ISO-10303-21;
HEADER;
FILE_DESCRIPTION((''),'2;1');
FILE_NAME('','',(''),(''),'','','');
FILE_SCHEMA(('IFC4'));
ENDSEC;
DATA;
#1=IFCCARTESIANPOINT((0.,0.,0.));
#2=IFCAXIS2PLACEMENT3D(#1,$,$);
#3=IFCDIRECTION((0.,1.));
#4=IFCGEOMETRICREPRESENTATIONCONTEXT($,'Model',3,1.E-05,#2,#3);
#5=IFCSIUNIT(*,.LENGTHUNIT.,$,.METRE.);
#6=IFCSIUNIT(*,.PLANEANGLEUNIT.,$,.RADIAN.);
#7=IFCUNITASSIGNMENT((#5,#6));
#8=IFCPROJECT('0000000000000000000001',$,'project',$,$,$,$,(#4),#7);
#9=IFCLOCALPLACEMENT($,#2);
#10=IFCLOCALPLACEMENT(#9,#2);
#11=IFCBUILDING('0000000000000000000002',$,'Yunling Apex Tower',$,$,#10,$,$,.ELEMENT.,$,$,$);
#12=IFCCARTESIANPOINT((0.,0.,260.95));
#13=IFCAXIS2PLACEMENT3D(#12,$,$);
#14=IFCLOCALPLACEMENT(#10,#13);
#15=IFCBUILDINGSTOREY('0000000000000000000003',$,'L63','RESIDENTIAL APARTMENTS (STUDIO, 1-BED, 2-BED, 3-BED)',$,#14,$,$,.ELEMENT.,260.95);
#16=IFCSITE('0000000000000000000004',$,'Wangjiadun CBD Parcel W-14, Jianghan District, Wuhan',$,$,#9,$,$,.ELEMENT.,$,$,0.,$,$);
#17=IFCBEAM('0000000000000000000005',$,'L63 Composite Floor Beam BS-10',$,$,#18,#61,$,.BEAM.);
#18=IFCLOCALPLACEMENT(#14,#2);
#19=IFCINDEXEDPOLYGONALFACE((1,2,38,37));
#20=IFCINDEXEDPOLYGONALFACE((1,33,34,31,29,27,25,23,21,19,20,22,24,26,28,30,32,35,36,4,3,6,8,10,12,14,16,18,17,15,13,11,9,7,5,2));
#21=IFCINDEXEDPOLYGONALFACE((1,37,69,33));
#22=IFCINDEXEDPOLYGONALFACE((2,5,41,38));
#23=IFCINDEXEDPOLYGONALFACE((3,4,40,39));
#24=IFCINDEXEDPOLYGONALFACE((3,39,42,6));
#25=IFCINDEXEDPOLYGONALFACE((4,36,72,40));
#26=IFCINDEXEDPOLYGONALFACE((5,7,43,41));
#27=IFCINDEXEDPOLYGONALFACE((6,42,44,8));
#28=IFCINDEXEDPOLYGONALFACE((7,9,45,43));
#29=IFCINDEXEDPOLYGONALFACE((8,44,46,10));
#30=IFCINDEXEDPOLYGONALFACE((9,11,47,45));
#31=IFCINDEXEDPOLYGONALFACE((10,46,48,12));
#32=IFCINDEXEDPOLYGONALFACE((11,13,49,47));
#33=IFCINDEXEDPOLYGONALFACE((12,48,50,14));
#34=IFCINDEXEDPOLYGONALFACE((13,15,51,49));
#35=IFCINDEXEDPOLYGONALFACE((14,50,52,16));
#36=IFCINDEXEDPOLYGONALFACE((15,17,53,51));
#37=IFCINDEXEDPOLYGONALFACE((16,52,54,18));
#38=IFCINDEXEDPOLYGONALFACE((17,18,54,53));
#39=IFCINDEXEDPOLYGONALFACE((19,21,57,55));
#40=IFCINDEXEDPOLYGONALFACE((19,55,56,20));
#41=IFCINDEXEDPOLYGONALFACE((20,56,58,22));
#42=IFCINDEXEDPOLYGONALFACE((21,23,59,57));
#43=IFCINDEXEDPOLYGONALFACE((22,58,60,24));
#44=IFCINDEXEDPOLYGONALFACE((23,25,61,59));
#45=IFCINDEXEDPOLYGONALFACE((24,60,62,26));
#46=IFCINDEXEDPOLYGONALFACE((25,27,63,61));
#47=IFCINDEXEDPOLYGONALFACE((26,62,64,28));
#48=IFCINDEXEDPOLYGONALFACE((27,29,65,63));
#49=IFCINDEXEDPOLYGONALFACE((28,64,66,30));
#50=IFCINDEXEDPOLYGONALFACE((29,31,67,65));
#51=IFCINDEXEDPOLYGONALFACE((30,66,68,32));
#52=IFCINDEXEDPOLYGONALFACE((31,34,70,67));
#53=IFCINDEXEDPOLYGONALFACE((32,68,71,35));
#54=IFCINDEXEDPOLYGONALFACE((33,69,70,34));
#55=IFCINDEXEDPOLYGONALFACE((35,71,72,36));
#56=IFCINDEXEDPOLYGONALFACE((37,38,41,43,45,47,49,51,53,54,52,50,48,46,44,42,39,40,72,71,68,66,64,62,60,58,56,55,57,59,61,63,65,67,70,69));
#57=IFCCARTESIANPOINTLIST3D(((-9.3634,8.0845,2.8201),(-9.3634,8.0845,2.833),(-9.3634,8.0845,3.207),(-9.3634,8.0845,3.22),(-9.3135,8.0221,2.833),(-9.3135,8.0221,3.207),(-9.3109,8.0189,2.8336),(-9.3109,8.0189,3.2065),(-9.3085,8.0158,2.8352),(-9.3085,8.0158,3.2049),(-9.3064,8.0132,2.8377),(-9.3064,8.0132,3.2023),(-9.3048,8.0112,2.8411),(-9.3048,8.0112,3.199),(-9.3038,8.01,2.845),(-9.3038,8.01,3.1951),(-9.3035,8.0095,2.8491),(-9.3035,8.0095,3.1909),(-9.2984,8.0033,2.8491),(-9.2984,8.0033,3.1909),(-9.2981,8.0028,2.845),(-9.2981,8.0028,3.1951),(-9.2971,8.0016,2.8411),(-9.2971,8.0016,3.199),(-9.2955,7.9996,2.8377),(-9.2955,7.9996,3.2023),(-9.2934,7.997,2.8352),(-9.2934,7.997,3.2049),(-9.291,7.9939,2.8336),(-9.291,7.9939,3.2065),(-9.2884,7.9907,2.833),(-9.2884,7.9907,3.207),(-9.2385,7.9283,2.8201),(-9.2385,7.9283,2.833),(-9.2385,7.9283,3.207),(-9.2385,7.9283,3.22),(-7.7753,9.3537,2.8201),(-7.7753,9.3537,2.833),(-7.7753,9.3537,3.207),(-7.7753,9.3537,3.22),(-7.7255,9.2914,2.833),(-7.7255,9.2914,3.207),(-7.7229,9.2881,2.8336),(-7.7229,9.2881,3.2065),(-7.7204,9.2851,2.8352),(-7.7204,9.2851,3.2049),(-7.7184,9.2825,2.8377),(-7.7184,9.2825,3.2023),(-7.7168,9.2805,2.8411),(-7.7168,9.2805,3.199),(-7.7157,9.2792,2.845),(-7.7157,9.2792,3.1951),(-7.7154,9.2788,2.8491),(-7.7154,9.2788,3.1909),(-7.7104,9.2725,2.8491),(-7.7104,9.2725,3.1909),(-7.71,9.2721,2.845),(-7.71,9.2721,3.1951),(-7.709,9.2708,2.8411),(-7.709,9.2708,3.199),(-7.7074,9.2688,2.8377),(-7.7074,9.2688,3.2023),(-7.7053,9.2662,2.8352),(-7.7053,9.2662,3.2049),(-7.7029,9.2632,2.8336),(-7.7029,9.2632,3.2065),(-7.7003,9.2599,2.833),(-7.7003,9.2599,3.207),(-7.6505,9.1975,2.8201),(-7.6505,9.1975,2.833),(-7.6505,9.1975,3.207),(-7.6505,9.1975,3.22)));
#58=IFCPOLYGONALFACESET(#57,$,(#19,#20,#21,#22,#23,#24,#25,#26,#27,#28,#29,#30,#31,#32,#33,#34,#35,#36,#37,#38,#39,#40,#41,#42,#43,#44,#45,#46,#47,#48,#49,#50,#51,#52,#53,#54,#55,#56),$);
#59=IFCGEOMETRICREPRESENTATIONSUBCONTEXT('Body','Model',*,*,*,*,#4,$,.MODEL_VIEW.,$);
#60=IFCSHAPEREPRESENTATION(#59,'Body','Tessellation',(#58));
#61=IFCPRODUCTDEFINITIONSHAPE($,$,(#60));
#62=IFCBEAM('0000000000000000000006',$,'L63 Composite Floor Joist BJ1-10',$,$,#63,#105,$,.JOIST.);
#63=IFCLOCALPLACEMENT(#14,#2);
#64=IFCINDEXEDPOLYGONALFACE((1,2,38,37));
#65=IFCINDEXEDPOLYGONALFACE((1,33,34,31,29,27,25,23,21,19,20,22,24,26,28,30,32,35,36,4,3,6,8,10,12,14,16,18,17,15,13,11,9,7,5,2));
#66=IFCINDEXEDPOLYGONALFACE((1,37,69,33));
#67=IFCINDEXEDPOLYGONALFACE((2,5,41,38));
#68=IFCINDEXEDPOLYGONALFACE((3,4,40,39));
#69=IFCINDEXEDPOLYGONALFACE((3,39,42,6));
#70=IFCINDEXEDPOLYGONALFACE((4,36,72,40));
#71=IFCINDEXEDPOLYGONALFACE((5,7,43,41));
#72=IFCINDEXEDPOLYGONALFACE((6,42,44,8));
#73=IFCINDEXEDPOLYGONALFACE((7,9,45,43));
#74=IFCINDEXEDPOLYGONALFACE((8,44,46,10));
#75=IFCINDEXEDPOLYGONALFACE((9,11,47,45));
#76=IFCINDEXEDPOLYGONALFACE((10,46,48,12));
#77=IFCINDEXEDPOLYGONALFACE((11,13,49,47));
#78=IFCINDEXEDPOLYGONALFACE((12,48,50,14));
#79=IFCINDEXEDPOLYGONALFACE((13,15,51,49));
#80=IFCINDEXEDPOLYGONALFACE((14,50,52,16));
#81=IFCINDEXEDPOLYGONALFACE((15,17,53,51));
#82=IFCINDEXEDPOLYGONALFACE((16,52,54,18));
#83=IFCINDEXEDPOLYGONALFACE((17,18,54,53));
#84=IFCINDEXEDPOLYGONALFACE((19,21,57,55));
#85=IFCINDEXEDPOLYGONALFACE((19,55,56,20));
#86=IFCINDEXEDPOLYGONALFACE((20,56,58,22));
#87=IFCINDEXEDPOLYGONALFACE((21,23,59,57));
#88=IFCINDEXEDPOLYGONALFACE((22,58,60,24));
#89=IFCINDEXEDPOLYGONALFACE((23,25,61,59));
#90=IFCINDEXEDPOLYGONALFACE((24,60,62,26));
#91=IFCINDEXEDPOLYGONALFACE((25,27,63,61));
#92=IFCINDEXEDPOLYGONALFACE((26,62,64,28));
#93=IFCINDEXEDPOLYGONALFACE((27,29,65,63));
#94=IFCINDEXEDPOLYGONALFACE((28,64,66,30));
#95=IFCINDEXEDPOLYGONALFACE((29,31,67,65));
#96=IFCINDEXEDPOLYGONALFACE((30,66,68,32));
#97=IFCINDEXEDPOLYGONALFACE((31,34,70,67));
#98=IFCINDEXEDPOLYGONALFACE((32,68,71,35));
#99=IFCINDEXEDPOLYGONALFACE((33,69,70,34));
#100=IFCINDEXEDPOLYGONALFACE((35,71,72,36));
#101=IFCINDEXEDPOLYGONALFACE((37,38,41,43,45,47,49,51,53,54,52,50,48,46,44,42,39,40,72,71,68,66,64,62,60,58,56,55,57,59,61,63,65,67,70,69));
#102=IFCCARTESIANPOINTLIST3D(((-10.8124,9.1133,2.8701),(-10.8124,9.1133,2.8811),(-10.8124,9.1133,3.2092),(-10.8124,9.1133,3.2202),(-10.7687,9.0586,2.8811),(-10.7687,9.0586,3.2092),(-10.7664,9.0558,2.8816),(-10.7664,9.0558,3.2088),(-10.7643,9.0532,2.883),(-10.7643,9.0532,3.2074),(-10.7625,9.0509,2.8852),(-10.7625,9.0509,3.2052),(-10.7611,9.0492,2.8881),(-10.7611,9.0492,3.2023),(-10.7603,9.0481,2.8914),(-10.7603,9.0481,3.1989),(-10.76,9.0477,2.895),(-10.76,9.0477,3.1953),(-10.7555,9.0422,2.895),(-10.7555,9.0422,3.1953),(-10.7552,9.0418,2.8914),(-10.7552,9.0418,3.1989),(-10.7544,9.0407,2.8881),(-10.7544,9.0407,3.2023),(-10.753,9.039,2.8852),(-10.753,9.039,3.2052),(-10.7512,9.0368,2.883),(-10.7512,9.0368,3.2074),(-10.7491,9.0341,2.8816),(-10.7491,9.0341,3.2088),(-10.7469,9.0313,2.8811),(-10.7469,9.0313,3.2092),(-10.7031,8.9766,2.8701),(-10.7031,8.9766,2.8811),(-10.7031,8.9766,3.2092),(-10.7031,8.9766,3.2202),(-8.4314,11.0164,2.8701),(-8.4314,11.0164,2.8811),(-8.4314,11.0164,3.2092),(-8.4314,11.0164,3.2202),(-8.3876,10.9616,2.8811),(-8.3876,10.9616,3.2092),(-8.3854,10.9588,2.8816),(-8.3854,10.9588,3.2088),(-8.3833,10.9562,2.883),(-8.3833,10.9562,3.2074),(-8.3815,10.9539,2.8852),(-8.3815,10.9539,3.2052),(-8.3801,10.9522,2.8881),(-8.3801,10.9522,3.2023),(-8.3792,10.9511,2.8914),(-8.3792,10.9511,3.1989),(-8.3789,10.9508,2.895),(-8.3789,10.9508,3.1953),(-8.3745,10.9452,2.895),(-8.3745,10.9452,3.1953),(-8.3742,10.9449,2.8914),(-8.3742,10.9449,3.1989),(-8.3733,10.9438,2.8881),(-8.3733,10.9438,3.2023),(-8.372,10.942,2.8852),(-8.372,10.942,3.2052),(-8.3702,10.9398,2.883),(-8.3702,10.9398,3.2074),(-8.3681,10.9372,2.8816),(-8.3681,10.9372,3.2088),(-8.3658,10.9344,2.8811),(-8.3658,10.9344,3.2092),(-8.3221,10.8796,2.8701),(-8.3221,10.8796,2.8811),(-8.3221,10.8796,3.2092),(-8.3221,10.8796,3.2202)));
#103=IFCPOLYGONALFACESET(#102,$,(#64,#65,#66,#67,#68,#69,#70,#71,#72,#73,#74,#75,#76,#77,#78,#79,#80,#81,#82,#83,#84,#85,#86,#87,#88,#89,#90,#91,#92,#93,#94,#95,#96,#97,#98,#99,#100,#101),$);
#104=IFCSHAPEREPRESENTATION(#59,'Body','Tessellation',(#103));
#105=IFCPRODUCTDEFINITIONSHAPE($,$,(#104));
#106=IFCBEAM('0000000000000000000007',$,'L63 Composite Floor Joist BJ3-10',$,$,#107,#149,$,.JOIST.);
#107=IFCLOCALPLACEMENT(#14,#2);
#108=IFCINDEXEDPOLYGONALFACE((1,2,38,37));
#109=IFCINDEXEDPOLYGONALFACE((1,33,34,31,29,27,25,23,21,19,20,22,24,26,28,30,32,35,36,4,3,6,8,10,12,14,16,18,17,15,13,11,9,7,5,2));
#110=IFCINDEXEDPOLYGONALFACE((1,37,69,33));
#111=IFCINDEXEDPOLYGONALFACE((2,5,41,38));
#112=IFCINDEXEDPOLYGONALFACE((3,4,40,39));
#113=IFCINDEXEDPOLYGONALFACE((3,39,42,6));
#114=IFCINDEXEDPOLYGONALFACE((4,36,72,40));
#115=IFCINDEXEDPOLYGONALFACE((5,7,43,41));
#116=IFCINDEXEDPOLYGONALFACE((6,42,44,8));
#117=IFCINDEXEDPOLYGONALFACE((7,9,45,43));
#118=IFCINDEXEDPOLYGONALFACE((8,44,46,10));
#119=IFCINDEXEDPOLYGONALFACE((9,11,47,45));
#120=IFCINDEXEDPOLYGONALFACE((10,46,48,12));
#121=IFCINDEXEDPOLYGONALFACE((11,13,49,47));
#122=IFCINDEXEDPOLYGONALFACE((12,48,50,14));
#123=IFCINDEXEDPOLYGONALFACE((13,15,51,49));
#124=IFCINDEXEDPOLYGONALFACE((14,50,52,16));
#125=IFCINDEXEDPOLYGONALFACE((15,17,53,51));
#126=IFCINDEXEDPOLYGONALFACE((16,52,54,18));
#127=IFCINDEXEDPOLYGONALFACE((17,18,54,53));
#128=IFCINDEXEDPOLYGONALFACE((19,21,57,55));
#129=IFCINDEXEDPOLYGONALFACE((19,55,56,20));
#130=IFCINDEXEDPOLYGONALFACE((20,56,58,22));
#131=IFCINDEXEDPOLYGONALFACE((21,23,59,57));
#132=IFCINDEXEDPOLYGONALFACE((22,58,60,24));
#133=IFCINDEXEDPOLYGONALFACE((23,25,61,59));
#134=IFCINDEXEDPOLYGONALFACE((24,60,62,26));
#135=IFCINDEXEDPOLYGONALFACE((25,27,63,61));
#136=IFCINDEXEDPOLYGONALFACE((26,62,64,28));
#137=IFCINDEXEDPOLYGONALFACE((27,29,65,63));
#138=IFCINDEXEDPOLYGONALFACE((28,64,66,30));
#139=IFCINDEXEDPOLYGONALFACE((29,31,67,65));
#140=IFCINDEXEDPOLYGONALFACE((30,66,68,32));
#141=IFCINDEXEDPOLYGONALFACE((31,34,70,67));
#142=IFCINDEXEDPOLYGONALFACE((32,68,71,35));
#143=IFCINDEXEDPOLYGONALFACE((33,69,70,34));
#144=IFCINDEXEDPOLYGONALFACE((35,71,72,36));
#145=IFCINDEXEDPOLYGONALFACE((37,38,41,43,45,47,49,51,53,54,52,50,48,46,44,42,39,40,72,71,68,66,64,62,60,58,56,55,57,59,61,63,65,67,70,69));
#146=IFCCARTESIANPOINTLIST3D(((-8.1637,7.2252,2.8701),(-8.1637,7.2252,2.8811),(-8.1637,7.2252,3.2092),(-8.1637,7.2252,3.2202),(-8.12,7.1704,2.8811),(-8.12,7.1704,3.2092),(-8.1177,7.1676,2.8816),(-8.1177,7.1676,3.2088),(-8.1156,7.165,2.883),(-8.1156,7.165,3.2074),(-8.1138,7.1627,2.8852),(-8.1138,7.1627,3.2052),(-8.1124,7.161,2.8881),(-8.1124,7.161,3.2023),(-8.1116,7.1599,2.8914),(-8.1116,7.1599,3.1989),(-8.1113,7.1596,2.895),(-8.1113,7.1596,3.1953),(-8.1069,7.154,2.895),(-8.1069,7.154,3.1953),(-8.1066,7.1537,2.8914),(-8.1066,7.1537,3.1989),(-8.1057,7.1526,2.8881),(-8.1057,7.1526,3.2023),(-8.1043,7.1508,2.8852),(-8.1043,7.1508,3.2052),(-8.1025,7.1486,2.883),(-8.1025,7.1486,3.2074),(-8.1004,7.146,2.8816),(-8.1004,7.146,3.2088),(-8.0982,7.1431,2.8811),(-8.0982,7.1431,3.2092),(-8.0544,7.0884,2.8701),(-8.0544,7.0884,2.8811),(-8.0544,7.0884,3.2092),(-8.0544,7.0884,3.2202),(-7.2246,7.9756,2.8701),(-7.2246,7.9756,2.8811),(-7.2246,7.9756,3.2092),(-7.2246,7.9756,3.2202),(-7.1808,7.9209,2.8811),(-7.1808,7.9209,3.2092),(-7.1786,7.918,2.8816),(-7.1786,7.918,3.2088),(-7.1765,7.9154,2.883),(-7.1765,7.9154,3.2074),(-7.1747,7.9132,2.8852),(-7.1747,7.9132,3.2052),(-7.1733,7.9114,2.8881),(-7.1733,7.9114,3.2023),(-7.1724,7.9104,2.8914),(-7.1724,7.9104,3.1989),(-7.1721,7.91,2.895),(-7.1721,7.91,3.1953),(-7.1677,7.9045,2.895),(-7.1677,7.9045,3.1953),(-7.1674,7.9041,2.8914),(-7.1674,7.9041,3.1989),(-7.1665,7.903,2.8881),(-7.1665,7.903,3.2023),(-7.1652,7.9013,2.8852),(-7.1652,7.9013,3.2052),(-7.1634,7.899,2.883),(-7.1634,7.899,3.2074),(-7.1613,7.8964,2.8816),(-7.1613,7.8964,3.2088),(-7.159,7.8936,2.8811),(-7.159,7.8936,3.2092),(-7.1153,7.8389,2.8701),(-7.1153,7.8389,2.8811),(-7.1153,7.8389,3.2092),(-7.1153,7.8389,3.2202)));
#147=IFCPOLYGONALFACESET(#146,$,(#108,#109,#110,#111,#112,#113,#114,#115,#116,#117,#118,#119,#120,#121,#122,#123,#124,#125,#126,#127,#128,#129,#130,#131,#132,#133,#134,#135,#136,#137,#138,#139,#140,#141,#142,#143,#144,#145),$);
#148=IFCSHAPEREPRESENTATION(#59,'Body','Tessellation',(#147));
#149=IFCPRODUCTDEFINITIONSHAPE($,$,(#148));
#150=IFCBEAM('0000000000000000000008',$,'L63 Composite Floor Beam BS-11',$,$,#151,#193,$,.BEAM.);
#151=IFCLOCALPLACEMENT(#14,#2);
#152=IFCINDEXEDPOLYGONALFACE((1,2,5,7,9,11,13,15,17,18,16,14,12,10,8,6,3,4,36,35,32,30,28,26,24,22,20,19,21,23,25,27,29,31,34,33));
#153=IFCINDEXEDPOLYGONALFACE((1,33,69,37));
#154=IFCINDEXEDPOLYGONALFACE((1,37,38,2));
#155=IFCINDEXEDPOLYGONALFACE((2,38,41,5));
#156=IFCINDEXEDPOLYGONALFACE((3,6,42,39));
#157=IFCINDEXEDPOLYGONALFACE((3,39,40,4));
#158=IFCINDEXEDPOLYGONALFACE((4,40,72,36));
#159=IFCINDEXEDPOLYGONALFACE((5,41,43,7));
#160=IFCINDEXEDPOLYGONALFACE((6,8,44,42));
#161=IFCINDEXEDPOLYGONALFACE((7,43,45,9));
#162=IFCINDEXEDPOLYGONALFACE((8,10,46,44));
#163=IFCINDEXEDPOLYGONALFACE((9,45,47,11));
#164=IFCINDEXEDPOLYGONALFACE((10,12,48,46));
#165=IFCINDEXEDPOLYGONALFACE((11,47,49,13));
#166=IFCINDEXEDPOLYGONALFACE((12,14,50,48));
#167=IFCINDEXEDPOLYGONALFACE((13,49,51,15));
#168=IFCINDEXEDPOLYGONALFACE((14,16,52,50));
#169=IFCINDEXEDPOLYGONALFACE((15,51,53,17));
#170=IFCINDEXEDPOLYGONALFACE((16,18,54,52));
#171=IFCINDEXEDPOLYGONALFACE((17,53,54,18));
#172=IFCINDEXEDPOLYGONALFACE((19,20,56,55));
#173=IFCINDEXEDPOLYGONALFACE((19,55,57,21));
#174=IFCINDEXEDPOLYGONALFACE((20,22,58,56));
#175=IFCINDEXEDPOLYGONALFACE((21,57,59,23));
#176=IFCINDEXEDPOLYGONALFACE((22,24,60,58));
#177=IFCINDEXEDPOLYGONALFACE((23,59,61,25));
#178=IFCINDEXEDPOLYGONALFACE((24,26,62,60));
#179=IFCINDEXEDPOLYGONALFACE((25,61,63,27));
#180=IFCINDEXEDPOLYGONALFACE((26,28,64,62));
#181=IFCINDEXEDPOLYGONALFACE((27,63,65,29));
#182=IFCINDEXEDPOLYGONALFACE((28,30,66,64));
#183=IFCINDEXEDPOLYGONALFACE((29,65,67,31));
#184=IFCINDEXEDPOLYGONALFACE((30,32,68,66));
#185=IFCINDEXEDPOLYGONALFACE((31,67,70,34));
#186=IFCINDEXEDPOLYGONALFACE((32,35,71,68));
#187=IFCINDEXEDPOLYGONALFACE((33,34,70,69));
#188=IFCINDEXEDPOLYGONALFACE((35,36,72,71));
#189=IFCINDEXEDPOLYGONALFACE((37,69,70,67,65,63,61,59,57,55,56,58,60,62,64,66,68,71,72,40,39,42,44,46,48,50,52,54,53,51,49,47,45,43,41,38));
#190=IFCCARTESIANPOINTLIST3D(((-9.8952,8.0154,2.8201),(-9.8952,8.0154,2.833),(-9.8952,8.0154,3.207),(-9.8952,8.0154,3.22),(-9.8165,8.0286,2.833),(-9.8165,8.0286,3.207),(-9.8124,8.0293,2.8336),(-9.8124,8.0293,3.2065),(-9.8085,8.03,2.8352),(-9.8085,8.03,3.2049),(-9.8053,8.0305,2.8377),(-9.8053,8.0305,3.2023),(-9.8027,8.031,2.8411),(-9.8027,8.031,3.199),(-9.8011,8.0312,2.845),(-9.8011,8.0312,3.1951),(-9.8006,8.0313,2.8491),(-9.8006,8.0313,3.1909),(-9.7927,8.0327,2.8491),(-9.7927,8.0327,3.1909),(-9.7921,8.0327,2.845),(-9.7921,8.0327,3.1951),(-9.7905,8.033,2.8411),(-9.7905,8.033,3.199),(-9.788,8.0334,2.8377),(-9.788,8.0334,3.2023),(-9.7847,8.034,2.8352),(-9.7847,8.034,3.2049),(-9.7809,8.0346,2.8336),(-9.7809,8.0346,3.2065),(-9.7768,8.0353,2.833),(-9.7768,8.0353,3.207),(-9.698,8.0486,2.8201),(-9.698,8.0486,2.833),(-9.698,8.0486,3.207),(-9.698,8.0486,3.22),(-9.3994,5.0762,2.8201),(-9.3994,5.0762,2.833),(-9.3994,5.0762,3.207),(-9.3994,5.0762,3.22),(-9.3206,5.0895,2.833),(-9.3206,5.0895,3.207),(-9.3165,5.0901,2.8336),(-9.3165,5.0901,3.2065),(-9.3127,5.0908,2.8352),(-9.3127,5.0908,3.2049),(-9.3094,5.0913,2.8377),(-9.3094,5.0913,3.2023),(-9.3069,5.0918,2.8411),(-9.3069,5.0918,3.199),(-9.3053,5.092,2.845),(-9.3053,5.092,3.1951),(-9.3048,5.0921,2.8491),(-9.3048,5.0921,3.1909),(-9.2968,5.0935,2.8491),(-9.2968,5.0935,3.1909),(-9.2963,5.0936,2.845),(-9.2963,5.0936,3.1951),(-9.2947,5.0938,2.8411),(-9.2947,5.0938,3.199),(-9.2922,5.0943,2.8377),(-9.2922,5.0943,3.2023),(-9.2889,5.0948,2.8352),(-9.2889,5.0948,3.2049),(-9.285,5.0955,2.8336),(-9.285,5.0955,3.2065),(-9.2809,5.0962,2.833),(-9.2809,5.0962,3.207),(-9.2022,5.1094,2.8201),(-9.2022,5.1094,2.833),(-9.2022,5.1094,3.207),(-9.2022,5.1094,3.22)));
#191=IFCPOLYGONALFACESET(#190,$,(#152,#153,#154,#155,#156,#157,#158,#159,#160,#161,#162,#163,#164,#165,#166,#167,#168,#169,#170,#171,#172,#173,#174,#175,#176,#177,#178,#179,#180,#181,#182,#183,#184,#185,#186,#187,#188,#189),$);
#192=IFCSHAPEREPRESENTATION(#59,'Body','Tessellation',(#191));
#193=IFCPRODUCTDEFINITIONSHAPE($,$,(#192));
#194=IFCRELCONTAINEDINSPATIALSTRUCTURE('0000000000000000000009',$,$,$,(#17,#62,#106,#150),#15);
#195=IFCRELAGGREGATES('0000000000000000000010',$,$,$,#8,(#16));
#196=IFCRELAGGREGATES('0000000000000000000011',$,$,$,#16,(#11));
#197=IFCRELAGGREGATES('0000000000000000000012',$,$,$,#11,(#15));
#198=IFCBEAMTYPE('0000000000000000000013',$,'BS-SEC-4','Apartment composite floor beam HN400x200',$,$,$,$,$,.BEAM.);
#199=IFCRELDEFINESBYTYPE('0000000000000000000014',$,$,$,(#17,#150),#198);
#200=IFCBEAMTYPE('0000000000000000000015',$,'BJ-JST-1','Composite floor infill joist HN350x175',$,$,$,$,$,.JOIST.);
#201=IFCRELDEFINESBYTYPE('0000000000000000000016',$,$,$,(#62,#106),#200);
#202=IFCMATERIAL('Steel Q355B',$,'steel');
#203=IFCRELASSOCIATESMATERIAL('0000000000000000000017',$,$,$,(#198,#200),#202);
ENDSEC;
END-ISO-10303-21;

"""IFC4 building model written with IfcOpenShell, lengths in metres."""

from ifc_helpers import new_model, si_unit, direction, frame, origin, origin_2d, place, context, subcontext, project, spatial, i_section, extrude, source, transform, mapped, material, material_profile, profile_set, type_object, element, save


model = new_model("IFC4")

# Units and contexts
model_context = context("Model", 3, precision=1e-05, world=origin(), true_north=direction((0.0, 1.0)))
body_context = subcontext(model_context, "Body", "Model", "MODEL_VIEW")
ifc_project = project(units=[si_unit("LENGTHUNIT", "METRE"), si_unit("PLANEANGLEUNIT", "RADIAN")], contexts=[model_context])

# Site, building, storey
site_placement = place(None, origin())
site = spatial("IfcSite", under=ifc_project, at=site_placement, Name="Wangjiadun CBD Parcel W-14, Jianghan District, Wuhan", CompositionType="ELEMENT", RefElevation=0.0)
building_placement = place(site_placement, origin())
building = spatial("IfcBuilding", under=site, at=building_placement, Name="Yunling Apex Tower", CompositionType="ELEMENT")
storey_placement = place(building_placement, frame((0.0, 0.0, 260.95)))
storey = spatial("IfcBuildingStorey", under=building, at=storey_placement, Name="L63", Description="RESIDENTIAL APARTMENTS (STUDIO, 1-BED, 2-BED, 3-BED)", CompositionType="ELEMENT", Elevation=260.95)

# Shared definitions
ifc_material_1 = material(Name="Steel Q355B", Category="steel")

# Beams
ifc_material_profile_1 = material_profile(ifc_material_1, i_section(OverallWidth=0.2, OverallDepth=0.3999, WebThickness=0.0081, FlangeThickness=0.0129, FilletRadius=0.0161, at=origin_2d()))
ifc_profile_set_1 = profile_set([ifc_material_profile_1], Name="Steel Q355B")
beam_type_1 = type_object("IfcBeamType", Name="BS-SEC-4", Description="Apartment composite floor beam HN400x200", PredefinedType="BEAM", material=ifc_profile_set_1)
ifc_material_profile_2 = material_profile(ifc_material_1, i_section(OverallWidth=0.175, OverallDepth=0.3501, WebThickness=0.0071, FlangeThickness=0.011, FilletRadius=0.0139, at=origin_2d()))
ifc_profile_set_2 = profile_set([ifc_material_profile_2], Name="Steel Q355B")
beam_type_2 = type_object("IfcBeamType", Name="BJ-JST-1", Description="Composite floor infill joist HN350x175", PredefinedType="JOIST", material=ifc_profile_set_2)
shared_shape_1 = source(origin(), body_context, "Body", "SweptSolid", [
    extrude(i_section(OverallWidth=0.2, OverallDepth=0.3999, WebThickness=0.0081, FlangeThickness=0.0129, FilletRadius=0.0161, at=origin_2d()), origin(), (0.0, 0.0, 1.0), 2.033),
])
beam_1_placement = place(storey_placement, frame((-7.7129, 9.2756, 3.02), z_axis=(-0.781162, -0.624329, 0.0), x_axis=(0.624329, -0.781162, 0.0)))
element("IfcBeam", 1, at=beam_1_placement, inside=storey, type_object=beam_type_1, Name="L63 Composite Floor Beam BS-10", PredefinedType="BEAM", context=body_context, shape_type="MappedRepresentation", body=[
    mapped(shared_shape_1, transform((0.0, 0.0, 0.0), scale=1.0)),
])
shared_shape_2 = source(origin(), body_context, "Body", "SweptSolid", [
    extrude(i_section(OverallWidth=0.175, OverallDepth=0.3501, WebThickness=0.0071, FlangeThickness=0.011, FilletRadius=0.0139, at=origin_2d()), origin(), (0.0, 0.0, 1.0), 3.0481),
])
beam_2_placement = place(storey_placement, frame((-8.3767, 10.948, 3.0452), z_axis=(-0.781158, -0.624334, 0.0), x_axis=(0.624334, -0.781158, 0.0)))
element("IfcBeam", 2, at=beam_2_placement, inside=storey, type_object=beam_type_2, Name="L63 Composite Floor Joist BJ1-10", PredefinedType="JOIST", context=body_context, shape_type="MappedRepresentation", body=[
    mapped(shared_shape_2, transform((0.0, 0.0, 0.0), scale=1.0)),
])
shared_shape_3 = source(origin(), body_context, "Body", "SweptSolid", [
    extrude(i_section(OverallWidth=0.175, OverallDepth=0.3501, WebThickness=0.0071, FlangeThickness=0.011, FilletRadius=0.0139, at=origin_2d()), origin(), (0.0, 0.0, 1.0), 1.2021),
])
beam_3_placement = place(storey_placement, frame((-7.1699, 7.9072, 3.0452), z_axis=(-0.781225, -0.624249, 0.0), x_axis=(0.624249, -0.781225, 0.0)))
element("IfcBeam", 3, at=beam_3_placement, inside=storey, type_object=beam_type_2, Name="L63 Composite Floor Joist BJ3-10", PredefinedType="JOIST", context=body_context, shape_type="MappedRepresentation", body=[
    mapped(shared_shape_3, transform((0.0, 0.0, 0.0), scale=1.0)),
])
shared_shape_4 = source(origin(), body_context, "Body", "SweptSolid", [
    extrude(i_section(OverallWidth=0.2, OverallDepth=0.3999, WebThickness=0.0081, FlangeThickness=0.0129, FilletRadius=0.0161, at=origin_2d()), origin(), (0.0, 0.0, 1.0), 2.9807),
])
beam_4_placement = place(storey_placement, frame((-9.7966, 8.032, 3.02), z_axis=(0.166351, -0.986067, 0.0), x_axis=(0.986067, 0.166351, 0.0)))
element("IfcBeam", 4, at=beam_4_placement, inside=storey, type_object=beam_type_1, Name="L63 Composite Floor Beam BS-11", PredefinedType="BEAM", context=body_context, shape_type="MappedRepresentation", body=[
    mapped(shared_shape_4, transform((0.0, 0.0, 0.0), scale=1.0)),
])

save(model, "model.ifc")
